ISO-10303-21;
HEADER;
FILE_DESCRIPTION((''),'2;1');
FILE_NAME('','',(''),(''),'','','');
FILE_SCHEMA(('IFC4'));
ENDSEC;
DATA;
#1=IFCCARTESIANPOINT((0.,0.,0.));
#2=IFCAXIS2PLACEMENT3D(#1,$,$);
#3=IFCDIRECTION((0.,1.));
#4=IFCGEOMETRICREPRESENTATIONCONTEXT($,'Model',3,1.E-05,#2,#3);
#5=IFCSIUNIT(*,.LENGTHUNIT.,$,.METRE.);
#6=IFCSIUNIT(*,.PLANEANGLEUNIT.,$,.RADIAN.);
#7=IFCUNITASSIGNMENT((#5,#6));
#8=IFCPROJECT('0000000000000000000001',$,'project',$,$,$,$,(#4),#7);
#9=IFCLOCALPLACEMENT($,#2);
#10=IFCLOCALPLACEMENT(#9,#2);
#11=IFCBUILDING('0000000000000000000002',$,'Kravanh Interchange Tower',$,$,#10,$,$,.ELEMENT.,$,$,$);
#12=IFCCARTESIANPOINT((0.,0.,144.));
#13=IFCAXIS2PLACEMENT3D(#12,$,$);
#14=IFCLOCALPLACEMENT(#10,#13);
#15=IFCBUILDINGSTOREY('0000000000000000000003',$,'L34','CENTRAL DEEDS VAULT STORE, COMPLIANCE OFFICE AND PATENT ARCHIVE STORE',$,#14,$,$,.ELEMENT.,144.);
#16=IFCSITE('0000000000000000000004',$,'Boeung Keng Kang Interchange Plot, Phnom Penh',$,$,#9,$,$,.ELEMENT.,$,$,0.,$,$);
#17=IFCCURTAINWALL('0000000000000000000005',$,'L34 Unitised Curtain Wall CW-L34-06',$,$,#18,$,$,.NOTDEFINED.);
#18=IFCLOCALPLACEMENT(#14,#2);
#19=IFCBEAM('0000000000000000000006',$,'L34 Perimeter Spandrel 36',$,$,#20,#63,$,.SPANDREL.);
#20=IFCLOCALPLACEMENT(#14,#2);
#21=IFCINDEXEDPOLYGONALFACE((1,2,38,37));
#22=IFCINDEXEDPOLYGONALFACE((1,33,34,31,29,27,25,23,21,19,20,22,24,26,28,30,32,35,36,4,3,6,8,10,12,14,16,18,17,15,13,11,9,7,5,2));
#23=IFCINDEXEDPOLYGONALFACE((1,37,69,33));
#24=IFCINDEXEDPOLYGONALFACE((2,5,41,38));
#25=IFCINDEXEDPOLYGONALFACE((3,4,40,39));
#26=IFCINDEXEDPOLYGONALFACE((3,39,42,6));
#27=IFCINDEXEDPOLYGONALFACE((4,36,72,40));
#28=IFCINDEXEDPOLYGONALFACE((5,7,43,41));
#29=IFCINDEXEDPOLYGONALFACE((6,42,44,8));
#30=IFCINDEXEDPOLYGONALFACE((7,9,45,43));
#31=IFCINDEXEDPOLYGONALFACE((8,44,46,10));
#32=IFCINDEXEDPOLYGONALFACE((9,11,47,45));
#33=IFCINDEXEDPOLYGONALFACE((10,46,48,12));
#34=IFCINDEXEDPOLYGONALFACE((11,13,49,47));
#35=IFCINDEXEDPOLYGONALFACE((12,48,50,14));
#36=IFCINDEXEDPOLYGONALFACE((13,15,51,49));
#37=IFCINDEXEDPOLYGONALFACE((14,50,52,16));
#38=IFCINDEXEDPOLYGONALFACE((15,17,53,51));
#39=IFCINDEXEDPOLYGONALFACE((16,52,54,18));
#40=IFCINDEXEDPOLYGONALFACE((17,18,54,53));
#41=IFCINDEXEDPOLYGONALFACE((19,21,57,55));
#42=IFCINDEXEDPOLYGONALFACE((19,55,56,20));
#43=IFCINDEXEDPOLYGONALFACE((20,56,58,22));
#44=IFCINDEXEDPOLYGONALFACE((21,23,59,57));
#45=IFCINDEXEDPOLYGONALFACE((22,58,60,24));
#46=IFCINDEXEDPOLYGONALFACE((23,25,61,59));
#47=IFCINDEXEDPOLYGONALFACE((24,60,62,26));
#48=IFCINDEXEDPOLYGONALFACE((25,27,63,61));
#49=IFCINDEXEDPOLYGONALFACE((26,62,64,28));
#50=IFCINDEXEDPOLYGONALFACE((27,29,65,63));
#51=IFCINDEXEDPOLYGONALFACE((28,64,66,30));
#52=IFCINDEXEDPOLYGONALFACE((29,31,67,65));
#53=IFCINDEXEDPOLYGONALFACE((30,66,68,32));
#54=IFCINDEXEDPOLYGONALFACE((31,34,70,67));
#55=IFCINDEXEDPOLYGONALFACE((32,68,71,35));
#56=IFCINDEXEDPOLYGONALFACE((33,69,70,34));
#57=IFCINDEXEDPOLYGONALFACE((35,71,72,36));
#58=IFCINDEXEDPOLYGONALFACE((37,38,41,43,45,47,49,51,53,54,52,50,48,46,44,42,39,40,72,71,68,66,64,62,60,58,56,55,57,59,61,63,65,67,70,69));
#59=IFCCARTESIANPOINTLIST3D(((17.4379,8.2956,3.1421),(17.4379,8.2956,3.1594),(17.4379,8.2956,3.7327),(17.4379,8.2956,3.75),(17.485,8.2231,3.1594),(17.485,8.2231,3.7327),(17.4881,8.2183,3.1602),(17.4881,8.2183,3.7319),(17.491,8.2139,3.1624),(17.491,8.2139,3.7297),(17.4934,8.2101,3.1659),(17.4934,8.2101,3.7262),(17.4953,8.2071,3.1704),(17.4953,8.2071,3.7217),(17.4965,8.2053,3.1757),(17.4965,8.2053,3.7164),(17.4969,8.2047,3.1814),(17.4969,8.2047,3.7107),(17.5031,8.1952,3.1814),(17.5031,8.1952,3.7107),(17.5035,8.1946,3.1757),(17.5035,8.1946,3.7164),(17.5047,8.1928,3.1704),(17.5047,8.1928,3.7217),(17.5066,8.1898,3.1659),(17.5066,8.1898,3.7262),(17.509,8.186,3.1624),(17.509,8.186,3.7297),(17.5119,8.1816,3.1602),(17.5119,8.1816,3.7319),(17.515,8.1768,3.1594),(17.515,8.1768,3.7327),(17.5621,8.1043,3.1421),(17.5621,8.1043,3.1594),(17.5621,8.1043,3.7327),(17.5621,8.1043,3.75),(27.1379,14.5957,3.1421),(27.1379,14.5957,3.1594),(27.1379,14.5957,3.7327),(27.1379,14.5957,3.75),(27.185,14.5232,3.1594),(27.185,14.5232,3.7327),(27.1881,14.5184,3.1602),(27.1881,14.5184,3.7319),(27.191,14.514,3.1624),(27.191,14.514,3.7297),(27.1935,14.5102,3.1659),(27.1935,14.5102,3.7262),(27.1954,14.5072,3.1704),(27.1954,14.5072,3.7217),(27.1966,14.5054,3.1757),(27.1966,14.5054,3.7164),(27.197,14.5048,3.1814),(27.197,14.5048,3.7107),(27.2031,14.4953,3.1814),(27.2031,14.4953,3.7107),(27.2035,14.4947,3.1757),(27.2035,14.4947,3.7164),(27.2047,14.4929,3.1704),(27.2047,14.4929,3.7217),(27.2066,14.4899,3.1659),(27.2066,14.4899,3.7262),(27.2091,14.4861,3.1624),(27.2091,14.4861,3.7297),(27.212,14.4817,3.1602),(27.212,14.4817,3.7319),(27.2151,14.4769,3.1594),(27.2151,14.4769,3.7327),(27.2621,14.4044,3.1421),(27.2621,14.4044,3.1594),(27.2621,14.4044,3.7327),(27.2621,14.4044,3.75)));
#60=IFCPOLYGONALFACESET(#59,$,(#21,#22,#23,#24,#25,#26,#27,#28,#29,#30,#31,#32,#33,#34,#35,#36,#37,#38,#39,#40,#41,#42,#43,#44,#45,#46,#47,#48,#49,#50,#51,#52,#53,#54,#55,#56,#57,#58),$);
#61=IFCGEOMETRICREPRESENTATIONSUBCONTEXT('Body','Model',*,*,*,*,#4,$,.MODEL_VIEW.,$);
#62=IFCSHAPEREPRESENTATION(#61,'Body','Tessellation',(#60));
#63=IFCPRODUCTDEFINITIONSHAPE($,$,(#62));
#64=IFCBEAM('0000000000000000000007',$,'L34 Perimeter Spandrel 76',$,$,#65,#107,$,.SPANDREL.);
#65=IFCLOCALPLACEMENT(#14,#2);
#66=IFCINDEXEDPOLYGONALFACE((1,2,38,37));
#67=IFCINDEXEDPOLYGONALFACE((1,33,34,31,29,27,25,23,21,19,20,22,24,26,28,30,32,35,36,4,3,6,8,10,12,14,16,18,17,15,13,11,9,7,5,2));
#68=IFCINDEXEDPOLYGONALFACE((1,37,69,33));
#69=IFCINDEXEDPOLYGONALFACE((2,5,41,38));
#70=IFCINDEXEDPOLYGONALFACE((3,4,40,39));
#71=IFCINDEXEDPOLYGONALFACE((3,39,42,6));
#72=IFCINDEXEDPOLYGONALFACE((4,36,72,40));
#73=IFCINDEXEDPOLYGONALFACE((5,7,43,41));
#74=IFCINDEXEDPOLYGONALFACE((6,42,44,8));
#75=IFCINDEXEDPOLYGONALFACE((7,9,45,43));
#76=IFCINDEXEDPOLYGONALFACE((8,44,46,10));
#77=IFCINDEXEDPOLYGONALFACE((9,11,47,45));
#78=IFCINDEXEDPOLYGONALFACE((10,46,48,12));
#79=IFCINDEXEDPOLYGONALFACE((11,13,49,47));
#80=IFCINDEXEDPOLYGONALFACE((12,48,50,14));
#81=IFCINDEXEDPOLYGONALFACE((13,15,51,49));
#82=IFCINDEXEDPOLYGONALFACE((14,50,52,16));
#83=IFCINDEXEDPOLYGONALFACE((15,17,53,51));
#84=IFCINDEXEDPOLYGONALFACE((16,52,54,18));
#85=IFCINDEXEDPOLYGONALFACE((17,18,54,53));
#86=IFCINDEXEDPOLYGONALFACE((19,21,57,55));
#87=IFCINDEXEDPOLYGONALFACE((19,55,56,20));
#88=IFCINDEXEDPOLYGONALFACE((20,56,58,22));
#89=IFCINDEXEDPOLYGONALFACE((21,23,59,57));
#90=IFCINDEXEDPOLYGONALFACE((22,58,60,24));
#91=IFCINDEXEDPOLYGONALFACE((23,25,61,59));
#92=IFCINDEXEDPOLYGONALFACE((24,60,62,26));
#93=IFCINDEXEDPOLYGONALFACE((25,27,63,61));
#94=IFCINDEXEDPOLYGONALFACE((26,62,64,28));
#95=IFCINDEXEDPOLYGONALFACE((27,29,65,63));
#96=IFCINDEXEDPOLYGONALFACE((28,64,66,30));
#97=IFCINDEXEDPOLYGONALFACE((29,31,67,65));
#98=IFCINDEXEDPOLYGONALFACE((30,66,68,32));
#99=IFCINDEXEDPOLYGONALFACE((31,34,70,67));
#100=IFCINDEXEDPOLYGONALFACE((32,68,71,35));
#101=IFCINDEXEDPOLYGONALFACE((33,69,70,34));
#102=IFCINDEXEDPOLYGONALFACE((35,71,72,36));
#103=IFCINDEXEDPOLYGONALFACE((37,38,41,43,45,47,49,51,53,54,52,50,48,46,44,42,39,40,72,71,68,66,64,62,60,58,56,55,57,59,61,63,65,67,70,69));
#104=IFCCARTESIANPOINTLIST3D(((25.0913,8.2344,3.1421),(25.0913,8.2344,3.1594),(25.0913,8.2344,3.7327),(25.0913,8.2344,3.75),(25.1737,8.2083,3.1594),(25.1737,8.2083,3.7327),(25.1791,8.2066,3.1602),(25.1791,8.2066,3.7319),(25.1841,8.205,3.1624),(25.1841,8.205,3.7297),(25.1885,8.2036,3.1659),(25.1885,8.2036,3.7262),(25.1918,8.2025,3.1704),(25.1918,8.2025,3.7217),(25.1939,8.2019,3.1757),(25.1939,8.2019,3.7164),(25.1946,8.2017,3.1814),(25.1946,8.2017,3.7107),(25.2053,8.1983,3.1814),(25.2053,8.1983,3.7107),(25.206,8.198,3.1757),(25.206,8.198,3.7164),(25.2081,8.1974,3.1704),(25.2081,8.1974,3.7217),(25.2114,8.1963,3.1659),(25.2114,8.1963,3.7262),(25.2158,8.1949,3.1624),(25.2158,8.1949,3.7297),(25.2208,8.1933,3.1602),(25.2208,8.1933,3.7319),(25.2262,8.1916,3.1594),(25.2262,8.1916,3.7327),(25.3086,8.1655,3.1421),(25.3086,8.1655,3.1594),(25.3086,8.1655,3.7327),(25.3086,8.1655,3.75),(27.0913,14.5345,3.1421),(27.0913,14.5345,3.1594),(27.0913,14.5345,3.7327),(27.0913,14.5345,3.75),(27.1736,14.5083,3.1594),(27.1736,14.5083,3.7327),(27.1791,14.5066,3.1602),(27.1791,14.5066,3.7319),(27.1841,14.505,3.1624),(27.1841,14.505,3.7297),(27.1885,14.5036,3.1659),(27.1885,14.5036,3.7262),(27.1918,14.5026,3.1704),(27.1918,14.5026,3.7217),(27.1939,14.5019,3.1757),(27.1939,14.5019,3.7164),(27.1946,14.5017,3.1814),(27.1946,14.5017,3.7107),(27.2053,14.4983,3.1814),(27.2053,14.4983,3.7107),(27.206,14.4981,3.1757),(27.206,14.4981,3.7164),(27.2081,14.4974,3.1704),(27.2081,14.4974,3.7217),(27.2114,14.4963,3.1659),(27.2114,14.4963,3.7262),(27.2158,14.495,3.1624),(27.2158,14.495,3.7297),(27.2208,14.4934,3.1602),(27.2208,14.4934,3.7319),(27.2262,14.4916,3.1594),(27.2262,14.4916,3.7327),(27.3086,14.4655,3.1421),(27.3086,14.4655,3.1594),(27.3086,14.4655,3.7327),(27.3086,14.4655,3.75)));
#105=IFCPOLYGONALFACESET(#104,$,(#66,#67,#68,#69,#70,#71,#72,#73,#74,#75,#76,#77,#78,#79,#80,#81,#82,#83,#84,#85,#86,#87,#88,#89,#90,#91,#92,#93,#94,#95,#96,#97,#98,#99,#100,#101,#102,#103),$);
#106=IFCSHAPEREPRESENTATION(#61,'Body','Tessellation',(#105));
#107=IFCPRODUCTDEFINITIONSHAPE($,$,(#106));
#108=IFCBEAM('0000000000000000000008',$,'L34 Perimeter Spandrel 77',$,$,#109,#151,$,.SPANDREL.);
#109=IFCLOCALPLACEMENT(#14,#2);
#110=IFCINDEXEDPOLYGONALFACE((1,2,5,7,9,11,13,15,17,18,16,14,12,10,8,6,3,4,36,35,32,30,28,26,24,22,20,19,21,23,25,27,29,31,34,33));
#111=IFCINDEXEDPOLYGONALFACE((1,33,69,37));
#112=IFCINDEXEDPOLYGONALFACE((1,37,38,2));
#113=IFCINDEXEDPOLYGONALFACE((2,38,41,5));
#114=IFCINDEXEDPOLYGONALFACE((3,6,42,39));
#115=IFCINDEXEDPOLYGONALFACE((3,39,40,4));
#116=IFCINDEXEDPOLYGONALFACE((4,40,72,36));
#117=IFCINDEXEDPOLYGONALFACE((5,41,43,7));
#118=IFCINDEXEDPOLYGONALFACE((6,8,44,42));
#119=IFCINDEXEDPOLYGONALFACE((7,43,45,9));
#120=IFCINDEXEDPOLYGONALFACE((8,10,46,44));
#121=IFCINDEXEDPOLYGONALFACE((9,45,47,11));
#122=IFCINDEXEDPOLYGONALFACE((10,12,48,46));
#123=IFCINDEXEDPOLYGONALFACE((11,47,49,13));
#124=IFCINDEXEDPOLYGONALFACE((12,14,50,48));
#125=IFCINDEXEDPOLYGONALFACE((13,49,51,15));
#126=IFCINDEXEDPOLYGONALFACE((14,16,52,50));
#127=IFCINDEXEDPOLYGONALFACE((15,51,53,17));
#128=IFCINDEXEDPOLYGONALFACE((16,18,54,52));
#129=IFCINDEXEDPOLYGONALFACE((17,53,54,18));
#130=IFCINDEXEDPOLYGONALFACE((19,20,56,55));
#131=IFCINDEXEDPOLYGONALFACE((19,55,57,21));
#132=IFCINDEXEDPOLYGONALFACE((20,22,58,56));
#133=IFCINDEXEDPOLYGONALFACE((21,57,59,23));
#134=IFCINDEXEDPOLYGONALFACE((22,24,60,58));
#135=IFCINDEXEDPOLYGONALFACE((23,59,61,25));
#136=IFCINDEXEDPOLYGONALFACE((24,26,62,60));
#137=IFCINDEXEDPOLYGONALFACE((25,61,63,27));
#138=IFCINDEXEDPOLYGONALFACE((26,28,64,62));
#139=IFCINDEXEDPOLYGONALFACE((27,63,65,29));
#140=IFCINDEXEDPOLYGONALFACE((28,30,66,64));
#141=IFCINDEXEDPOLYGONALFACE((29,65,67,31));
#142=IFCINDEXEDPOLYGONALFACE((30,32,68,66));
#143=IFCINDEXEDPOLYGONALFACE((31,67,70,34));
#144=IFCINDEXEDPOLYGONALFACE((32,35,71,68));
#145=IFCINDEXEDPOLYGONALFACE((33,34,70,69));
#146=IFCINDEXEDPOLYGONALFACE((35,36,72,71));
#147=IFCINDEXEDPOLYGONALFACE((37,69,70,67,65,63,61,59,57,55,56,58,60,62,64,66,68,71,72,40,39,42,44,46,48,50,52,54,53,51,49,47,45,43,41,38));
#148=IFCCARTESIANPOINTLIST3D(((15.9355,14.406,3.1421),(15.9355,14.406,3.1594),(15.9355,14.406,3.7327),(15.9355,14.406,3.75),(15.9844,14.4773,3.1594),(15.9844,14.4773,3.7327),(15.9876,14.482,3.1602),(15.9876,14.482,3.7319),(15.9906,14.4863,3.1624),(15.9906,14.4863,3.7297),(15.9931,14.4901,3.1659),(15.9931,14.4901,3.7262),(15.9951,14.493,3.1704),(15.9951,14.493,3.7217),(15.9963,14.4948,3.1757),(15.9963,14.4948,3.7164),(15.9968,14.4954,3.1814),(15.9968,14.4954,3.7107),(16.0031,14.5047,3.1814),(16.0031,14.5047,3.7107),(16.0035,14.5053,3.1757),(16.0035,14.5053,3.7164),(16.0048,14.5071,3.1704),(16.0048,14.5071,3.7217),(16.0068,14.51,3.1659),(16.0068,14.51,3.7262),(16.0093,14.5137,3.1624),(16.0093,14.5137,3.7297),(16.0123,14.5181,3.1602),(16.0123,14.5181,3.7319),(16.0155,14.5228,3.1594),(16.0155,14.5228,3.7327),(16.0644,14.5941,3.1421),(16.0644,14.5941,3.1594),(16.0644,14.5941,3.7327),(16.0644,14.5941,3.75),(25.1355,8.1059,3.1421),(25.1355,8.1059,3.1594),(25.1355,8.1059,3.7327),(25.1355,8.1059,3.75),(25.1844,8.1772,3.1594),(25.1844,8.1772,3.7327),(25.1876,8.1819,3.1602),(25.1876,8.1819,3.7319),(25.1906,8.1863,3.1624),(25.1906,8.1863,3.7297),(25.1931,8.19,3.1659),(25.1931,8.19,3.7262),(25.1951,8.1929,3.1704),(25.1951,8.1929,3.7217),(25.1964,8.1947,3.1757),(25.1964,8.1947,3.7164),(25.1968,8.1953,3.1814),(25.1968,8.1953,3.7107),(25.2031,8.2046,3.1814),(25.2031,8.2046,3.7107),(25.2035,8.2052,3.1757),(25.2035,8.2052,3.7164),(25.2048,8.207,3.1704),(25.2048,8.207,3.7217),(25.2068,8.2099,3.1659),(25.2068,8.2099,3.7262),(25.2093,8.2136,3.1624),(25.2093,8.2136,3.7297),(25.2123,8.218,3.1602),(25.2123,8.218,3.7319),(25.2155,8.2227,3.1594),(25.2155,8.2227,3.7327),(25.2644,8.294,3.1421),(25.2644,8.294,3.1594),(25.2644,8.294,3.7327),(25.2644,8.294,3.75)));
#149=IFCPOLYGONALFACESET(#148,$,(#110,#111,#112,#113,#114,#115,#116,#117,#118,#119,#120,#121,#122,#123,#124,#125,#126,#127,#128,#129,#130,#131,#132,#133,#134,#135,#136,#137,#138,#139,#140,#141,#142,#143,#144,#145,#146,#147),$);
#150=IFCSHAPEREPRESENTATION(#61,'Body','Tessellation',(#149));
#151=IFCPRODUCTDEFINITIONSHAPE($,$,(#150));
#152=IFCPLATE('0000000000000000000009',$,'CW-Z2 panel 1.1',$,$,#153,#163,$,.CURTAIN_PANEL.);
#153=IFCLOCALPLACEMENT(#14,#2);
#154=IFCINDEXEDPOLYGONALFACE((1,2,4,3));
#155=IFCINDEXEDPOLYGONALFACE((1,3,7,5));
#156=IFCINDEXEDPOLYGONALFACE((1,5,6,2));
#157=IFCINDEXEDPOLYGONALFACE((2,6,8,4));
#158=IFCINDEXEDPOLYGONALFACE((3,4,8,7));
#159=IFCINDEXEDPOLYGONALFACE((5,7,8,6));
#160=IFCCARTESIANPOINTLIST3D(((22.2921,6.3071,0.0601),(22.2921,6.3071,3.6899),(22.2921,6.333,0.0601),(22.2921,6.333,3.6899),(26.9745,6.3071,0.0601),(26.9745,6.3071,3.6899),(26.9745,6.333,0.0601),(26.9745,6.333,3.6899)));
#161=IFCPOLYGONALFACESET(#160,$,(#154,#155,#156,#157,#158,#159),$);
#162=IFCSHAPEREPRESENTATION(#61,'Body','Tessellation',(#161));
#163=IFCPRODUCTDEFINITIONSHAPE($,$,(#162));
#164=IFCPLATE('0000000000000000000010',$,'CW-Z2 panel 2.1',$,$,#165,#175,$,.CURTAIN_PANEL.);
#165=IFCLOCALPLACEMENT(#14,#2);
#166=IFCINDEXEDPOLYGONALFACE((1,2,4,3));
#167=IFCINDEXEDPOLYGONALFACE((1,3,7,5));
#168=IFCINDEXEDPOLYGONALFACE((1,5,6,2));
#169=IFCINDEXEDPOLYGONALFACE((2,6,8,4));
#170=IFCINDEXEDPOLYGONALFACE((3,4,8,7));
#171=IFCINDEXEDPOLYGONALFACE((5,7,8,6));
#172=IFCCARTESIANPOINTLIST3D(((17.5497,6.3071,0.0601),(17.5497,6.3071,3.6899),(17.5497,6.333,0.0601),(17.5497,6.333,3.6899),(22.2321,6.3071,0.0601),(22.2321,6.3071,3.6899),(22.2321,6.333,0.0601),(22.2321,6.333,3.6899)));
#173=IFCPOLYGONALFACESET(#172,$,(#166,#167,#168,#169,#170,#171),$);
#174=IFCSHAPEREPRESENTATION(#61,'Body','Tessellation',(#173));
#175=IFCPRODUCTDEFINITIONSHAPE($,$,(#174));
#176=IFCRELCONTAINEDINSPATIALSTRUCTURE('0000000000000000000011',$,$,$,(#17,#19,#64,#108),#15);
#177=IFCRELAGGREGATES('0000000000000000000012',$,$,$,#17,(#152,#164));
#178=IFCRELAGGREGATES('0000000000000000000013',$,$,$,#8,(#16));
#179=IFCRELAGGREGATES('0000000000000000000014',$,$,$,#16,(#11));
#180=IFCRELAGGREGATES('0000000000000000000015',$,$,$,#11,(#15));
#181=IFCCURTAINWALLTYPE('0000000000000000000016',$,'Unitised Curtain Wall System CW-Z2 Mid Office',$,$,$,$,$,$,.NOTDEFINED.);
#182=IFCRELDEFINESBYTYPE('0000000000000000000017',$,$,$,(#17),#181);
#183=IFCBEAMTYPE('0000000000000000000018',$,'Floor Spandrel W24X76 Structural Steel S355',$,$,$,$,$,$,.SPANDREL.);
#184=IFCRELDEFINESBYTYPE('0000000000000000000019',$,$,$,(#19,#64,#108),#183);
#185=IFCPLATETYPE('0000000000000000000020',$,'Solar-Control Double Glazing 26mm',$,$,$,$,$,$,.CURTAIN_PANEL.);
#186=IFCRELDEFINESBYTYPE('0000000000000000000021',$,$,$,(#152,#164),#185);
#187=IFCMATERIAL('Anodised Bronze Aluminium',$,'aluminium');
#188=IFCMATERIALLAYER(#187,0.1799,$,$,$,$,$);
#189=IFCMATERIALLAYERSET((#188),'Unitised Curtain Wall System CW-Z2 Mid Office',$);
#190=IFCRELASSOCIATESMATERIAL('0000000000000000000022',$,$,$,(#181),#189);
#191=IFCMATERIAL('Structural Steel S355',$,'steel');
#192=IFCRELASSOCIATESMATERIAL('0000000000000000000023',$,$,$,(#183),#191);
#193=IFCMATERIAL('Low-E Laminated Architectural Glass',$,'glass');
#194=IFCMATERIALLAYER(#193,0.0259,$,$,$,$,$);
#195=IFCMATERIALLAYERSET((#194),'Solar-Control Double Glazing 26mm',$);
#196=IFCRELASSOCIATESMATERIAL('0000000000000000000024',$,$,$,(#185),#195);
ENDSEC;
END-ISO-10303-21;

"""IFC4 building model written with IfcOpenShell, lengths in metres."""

from ifc_helpers import new_model, si_unit, direction, frame, origin, origin_2d, place, context, subcontext, project, spatial, rectangle, i_section, extrude, material, layer, layer_set, material_profile, profile_set, type_object, element, aggregate, save


model = new_model("IFC4")

# Units and contexts
model_context = context("Model", 3, precision=1e-05, world=origin(), true_north=direction((0.0, 1.0)))
body_context = subcontext(model_context, "Body", "Model", "MODEL_VIEW")
ifc_project = project(units=[si_unit("LENGTHUNIT", "METRE"), si_unit("PLANEANGLEUNIT", "RADIAN")], contexts=[model_context])

# Site, building, storey
site_placement = place(None, origin())
site = spatial("IfcSite", under=ifc_project, at=site_placement, Name="Boeung Keng Kang Interchange Plot, Phnom Penh", CompositionType="ELEMENT", RefElevation=0.0)
building_placement = place(site_placement, origin())
building = spatial("IfcBuilding", under=site, at=building_placement, Name="Kravanh Interchange Tower", CompositionType="ELEMENT")
storey_placement = place(building_placement, frame((0.0, 0.0, 144.0)))
storey = spatial("IfcBuildingStorey", under=building, at=storey_placement, Name="L34", Description="CENTRAL DEEDS VAULT STORE, COMPLIANCE OFFICE AND PATENT ARCHIVE STORE", CompositionType="ELEMENT", Elevation=144.0)

# Curtain wall
ifc_material_1 = material(Name="Anodised Bronze Aluminium", Category="aluminium")
ifc_layer_1 = layer(ifc_material_1, 0.1799)
ifc_layer_set_1 = layer_set([ifc_layer_1], Name="Unitised Curtain Wall System CW-Z2 Mid Office")
curtain_wall_type = type_object("IfcCurtainWallType", Name="Unitised Curtain Wall System CW-Z2 Mid Office", PredefinedType="NOTDEFINED", material=ifc_layer_set_1)
curtain_wall_placement = place(storey_placement, origin())
curtain_wall = element("IfcCurtainWall", 1, at=curtain_wall_placement, inside=storey, type_object=curtain_wall_type, Name="L34 Unitised Curtain Wall CW-L34-06", PredefinedType="NOTDEFINED")

# Beams
ifc_material_2 = material(Name="Structural Steel S355", Category="steel")
ifc_material_profile_1 = material_profile(ifc_material_2, i_section(OverallWidth=0.228, OverallDepth=0.6079, WebThickness=0.0112, FlangeThickness=0.0173, FilletRadius=0.022, at=origin_2d()), Name="W24X76")
ifc_profile_set_1 = profile_set([ifc_material_profile_1], Name="Structural Steel S355")
beam_type_1 = type_object("IfcBeamType", Name="Floor Spandrel W24X76 Structural Steel S355", PredefinedType="SPANDREL", material=ifc_profile_set_1)
beam_1_placement = place(storey_placement, frame((17.5, 8.2, 3.446), z_axis=(0.838638, 0.544689, 0.0), x_axis=(-0.544689, 0.838638, 0.0)))
element("IfcBeam", 2, at=beam_1_placement, inside=storey, type_object=beam_type_1, Name="L34 Perimeter Spandrel 36", PredefinedType="SPANDREL", context=body_context, shape_type="SweptSolid", body=[
    extrude(i_section(OverallWidth=0.228, OverallDepth=0.6079, WebThickness=0.0112, FlangeThickness=0.0173, FilletRadius=0.022, at=origin_2d()), origin(), (0.0, 0.0, 1.0), 11.5664),
])
beam_2_placement = place(storey_placement, frame((25.2, 8.2, 3.446), z_axis=(0.302577, 0.953125, 0.0), x_axis=(-0.953125, 0.302577, 0.0)))
element("IfcBeam", 3, at=beam_2_placement, inside=storey, type_object=beam_type_1, Name="L34 Perimeter Spandrel 76", PredefinedType="SPANDREL", context=body_context, shape_type="SweptSolid", body=[
    extrude(i_section(OverallWidth=0.228, OverallDepth=0.6079, WebThickness=0.0112, FlangeThickness=0.0173, FilletRadius=0.022, at=origin_2d()), origin(), (0.0, 0.0, 1.0), 6.6099),
])
beam_3_placement = place(storey_placement, frame((25.2, 8.2, 3.446), z_axis=(-0.825084, 0.56501, 0.0), x_axis=(-0.56501, -0.825084, 0.0)))
element("IfcBeam", 4, at=beam_3_placement, inside=storey, type_object=beam_type_1, Name="L34 Perimeter Spandrel 77", PredefinedType="SPANDREL", context=body_context, shape_type="SweptSolid", body=[
    extrude(i_section(OverallWidth=0.228, OverallDepth=0.6079, WebThickness=0.0112, FlangeThickness=0.0173, FilletRadius=0.022, at=origin_2d()), origin(), (0.0, 0.0, 1.0), 11.1504),
])

# Plates
ifc_material_3 = material(Name="Low-E Laminated Architectural Glass", Category="glass")
ifc_layer_2 = layer(ifc_material_3, 0.0259)
ifc_layer_set_2 = layer_set([ifc_layer_2], Name="Solar-Control Double Glazing 26mm")
plate_type = type_object("IfcPlateType", Name="Solar-Control Double Glazing 26mm", PredefinedType="CURTAIN_PANEL", material=ifc_layer_set_2)
plate_1_placement = place(storey_placement, frame((24.6333, 6.3201, 0.0601), z_axis=(0.0, 0.0, 1.0), x_axis=(-1.0, 0.0, 0.0)))
plate_1 = element("IfcPlate", 5, at=plate_1_placement, type_object=plate_type, Name="CW-Z2 panel 1.1", PredefinedType="CURTAIN_PANEL", context=body_context, shape_type="SweptSolid", body=[
    extrude(rectangle(XDim=4.6824, YDim=0.0259, at=origin_2d()), origin(), (0.0, 0.0, 1.0), 3.6299),
])
plate_2_placement = place(storey_placement, frame((19.8909, 6.3201, 0.0601), z_axis=(0.0, 0.0, 1.0), x_axis=(-1.0, 0.0, 0.0)))
plate_2 = element("IfcPlate", 6, at=plate_2_placement, type_object=plate_type, Name="CW-Z2 panel 2.1", PredefinedType="CURTAIN_PANEL", context=body_context, shape_type="SweptSolid", body=[
    extrude(rectangle(XDim=4.6824, YDim=0.0259, at=origin_2d()), origin(), (0.0, 0.0, 1.0), 3.6299),
])
aggregate(curtain_wall, [plate_1, plate_2])

save(model, "model.ifc")
